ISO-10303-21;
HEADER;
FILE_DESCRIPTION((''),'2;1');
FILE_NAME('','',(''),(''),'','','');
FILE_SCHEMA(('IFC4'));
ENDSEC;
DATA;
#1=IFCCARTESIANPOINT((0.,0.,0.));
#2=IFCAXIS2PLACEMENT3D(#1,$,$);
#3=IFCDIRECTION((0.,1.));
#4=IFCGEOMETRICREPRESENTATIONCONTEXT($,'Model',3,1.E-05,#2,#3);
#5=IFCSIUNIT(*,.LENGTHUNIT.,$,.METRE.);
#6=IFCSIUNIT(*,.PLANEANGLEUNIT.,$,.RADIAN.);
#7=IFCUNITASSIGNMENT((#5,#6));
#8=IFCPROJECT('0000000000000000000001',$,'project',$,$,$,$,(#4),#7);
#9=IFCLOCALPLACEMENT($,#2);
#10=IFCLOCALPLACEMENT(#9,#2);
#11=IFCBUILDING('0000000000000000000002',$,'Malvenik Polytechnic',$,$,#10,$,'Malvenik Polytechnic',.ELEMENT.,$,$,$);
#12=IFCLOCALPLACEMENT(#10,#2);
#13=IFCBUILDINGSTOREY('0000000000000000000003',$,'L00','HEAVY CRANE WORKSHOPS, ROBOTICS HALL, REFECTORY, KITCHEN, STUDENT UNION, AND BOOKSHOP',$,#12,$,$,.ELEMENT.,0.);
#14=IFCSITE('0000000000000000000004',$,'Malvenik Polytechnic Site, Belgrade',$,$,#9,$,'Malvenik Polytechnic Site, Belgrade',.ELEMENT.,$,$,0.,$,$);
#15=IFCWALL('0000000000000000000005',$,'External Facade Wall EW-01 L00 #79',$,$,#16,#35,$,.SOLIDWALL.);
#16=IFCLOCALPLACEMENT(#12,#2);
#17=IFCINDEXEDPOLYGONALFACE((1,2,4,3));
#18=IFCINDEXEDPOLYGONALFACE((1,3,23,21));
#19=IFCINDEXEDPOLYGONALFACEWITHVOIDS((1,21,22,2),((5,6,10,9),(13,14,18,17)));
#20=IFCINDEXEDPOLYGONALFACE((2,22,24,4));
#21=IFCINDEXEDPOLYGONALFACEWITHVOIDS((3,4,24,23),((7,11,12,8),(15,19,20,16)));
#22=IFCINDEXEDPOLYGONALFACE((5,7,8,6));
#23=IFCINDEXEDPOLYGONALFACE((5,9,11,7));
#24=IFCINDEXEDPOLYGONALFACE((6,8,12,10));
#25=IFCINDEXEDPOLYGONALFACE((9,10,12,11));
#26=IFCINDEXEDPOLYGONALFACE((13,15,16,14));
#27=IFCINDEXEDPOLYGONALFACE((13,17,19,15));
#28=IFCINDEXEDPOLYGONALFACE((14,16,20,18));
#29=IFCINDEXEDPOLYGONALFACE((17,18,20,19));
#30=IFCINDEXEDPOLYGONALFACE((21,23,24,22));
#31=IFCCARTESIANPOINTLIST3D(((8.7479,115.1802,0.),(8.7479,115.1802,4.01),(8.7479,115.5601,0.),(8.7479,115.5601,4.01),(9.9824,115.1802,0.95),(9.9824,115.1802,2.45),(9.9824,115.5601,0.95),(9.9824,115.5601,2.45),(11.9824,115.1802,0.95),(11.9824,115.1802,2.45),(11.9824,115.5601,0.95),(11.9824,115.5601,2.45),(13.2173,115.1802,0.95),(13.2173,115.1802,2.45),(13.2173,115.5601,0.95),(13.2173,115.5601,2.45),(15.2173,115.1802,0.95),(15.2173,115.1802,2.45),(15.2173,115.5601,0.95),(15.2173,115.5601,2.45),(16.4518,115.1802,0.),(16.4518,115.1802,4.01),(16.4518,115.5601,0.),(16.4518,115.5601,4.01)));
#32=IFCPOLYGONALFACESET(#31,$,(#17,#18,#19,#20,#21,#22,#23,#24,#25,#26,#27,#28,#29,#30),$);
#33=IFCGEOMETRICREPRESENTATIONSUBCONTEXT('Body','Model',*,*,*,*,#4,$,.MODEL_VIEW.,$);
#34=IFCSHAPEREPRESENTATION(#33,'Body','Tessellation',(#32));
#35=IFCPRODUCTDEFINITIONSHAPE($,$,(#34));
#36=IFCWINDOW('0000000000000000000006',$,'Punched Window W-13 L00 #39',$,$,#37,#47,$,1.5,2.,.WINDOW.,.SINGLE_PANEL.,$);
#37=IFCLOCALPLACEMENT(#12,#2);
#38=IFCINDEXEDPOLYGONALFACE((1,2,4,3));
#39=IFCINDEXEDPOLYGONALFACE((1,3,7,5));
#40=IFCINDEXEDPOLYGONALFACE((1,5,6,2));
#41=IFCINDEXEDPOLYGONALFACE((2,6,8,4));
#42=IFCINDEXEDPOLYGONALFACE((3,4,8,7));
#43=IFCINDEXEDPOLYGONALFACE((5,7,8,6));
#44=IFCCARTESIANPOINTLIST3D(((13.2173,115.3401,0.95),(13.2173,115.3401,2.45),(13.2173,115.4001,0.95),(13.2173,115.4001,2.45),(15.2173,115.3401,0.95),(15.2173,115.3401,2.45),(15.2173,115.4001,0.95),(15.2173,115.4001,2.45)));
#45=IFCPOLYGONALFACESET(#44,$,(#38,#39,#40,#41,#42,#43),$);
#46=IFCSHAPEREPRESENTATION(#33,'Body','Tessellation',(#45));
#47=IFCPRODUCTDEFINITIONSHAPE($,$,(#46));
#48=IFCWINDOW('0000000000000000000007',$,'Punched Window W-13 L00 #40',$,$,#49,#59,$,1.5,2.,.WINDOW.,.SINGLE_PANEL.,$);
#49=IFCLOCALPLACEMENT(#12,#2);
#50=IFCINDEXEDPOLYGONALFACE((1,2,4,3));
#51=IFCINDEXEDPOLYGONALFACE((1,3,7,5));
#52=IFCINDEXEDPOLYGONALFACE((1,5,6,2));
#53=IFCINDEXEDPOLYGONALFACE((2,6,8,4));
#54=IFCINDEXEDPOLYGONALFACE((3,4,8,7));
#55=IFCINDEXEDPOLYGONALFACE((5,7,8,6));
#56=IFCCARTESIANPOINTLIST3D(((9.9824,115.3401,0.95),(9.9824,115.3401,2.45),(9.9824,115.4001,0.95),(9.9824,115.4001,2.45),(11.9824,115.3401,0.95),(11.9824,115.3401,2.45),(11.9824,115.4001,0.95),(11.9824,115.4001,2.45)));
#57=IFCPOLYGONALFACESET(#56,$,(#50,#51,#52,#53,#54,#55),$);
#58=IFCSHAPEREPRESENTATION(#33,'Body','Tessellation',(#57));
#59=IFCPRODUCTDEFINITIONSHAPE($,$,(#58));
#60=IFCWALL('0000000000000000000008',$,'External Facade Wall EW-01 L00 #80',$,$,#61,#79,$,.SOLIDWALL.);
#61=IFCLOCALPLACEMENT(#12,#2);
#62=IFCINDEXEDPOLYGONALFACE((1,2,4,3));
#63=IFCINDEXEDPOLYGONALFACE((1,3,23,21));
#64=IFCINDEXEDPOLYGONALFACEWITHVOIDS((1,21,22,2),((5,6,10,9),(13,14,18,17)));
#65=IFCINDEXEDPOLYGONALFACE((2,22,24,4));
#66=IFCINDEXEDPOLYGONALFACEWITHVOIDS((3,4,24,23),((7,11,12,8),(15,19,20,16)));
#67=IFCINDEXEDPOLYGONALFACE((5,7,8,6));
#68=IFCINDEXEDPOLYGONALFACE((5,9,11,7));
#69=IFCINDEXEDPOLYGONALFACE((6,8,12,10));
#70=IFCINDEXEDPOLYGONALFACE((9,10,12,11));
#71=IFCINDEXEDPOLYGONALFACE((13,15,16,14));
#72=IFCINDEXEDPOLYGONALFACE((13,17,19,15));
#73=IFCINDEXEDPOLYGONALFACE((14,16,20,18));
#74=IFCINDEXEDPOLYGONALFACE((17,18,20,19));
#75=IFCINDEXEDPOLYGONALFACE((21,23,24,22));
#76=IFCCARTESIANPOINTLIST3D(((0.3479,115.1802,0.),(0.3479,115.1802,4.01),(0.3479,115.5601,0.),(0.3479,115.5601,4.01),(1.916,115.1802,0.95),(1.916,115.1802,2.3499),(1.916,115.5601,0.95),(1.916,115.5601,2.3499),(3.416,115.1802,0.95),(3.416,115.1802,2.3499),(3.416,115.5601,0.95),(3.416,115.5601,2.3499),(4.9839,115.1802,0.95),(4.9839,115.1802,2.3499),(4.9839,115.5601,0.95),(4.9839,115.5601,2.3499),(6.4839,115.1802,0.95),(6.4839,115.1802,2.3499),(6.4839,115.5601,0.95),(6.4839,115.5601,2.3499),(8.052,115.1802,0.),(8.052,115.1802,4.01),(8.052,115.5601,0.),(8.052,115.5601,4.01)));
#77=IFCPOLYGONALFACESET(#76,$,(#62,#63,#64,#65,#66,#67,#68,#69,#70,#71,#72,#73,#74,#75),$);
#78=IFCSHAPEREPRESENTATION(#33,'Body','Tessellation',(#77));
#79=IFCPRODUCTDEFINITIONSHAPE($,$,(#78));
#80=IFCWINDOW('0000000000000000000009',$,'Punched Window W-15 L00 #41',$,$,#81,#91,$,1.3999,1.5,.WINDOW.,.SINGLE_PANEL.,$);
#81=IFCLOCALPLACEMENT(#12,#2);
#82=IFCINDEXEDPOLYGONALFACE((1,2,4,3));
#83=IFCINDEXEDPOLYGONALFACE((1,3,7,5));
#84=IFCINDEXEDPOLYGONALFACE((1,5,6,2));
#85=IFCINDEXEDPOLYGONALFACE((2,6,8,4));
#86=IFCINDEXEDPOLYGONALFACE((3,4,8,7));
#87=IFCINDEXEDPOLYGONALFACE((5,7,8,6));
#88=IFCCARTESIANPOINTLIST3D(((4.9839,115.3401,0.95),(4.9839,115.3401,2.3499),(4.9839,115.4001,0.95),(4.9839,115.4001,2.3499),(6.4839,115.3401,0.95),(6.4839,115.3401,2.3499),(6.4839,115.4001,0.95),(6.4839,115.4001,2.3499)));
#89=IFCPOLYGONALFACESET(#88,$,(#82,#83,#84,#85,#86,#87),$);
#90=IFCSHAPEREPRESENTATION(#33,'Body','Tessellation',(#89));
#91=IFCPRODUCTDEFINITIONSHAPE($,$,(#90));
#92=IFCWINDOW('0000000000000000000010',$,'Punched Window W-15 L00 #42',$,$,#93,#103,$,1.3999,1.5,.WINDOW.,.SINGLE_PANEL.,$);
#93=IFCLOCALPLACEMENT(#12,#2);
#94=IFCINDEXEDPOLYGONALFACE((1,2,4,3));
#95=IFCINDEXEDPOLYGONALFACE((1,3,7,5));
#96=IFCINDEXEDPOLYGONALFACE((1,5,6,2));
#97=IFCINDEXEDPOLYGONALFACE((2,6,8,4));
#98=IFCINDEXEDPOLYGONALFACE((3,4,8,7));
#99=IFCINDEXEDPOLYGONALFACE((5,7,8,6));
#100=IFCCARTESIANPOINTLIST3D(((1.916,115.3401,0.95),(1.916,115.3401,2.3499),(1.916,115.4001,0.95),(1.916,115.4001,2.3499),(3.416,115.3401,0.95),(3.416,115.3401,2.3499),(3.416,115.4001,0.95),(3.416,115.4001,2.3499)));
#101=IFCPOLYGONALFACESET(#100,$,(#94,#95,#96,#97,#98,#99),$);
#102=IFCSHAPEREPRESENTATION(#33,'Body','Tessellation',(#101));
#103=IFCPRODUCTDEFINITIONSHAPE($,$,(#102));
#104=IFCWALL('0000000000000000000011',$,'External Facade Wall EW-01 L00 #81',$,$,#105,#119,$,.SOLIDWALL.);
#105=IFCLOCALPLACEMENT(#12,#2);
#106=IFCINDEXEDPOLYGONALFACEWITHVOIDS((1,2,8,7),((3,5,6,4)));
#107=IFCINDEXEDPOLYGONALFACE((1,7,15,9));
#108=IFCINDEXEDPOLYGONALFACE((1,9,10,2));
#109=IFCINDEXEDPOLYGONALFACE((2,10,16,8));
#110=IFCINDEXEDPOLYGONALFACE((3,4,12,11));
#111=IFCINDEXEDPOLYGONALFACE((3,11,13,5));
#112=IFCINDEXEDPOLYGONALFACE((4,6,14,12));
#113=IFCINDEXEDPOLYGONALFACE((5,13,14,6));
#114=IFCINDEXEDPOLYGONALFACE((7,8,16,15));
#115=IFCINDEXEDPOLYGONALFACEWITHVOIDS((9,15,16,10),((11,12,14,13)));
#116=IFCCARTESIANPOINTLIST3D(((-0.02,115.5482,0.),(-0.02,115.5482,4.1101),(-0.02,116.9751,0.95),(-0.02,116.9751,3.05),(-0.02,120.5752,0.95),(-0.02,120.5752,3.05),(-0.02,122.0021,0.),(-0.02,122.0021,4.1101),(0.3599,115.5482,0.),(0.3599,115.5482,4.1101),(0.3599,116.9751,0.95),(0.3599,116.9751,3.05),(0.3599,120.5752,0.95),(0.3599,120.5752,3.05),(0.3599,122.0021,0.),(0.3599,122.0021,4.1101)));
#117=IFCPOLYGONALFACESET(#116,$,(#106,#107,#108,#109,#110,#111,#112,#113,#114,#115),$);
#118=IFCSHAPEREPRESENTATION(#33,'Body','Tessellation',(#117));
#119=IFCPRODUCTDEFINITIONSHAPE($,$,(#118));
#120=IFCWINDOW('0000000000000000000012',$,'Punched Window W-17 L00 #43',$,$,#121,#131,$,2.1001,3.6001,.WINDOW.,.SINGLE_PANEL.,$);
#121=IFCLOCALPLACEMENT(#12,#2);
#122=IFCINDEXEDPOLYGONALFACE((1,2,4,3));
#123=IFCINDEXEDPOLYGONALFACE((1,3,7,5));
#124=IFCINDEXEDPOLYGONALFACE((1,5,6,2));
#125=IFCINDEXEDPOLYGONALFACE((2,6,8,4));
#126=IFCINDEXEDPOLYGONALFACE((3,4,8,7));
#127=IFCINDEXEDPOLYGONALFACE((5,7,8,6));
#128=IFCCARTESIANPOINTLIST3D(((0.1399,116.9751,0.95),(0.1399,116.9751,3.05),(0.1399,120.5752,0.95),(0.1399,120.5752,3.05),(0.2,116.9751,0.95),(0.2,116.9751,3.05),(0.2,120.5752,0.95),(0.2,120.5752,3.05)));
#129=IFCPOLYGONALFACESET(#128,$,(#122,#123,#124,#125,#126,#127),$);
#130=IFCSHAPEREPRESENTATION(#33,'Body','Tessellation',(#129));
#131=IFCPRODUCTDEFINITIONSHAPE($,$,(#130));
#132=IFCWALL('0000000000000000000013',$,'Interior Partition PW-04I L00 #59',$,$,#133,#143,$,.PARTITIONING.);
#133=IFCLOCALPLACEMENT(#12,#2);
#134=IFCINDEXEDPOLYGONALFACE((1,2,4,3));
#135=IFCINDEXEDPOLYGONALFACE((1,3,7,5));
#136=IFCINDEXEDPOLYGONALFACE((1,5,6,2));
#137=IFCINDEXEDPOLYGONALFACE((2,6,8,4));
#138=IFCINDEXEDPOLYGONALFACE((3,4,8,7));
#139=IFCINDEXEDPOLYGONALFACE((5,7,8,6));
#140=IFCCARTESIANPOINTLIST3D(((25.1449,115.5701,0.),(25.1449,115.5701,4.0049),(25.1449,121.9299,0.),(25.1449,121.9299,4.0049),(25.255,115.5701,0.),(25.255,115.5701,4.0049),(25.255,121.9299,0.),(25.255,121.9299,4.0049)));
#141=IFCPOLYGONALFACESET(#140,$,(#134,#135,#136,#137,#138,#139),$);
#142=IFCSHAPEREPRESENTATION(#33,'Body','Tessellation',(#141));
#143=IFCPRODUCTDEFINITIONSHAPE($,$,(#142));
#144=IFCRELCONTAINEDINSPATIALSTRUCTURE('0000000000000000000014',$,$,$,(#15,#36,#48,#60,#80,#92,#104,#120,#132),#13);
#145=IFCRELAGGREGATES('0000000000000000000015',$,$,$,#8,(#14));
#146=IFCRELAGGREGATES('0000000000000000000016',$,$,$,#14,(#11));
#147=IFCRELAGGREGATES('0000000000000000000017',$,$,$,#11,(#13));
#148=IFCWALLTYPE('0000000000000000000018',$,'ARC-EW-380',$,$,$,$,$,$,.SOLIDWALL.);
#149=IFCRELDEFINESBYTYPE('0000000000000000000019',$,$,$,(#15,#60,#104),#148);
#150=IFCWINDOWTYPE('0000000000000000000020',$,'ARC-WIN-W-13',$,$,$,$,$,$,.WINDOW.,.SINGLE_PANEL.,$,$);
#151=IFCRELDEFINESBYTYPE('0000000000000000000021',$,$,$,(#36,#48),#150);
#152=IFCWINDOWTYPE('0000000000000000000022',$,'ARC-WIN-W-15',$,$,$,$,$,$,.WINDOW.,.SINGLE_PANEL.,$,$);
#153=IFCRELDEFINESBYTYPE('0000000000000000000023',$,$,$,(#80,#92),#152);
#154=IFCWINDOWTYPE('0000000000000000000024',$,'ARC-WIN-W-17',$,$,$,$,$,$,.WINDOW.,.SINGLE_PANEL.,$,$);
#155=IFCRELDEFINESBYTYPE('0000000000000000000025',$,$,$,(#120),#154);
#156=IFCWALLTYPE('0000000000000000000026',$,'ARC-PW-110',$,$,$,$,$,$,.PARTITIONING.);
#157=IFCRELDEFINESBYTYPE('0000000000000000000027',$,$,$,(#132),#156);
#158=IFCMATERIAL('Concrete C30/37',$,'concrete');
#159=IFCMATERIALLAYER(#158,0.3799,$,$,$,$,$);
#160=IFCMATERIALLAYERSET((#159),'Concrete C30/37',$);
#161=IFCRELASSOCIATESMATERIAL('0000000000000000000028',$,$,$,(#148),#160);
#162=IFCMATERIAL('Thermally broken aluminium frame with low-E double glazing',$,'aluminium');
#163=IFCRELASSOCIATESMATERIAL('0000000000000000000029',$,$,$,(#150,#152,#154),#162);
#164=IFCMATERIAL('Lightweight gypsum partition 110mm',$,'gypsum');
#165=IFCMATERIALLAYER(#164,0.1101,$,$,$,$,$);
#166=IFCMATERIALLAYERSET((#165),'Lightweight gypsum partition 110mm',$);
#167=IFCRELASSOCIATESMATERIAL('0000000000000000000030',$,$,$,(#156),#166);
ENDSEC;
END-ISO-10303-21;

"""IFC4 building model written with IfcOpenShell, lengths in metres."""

from ifc_helpers import new_model, si_unit, direction, frame, frame_2d, origin, place, context, subcontext, project, spatial, rectangle, extrude, material, layer, layer_set, type_object, element, fill, save


model = new_model("IFC4")

# Units and contexts
model_context = context("Model", 3, precision=1e-05, world=origin(), true_north=direction((0.0, 1.0)))
body_context = subcontext(model_context, "Body", "Model", "MODEL_VIEW")
ifc_project = project(units=[si_unit("LENGTHUNIT", "METRE"), si_unit("PLANEANGLEUNIT", "RADIAN")], contexts=[model_context])

# Site, building, storey
site_placement = place(None, origin())
site = spatial("IfcSite", under=ifc_project, at=site_placement, Name="Malvenik Polytechnic Site, Belgrade", LongName="Malvenik Polytechnic Site, Belgrade", CompositionType="ELEMENT", RefElevation=0.0)
building_placement = place(site_placement, origin())
building = spatial("IfcBuilding", under=site, at=building_placement, Name="Malvenik Polytechnic", LongName="Malvenik Polytechnic", CompositionType="ELEMENT")
storey_placement = place(building_placement, origin())
storey = spatial("IfcBuildingStorey", under=building, at=storey_placement, Name="L00", Description="HEAVY CRANE WORKSHOPS, ROBOTICS HALL, REFECTORY, KITCHEN, STUDENT UNION, AND BOOKSHOP", CompositionType="ELEMENT", Elevation=0.0)

# Shared definitions
ifc_material_1 = material(Name="Concrete C30/37", Category="concrete")

# Shared definitions
ifc_layer_1 = layer(ifc_material_1, 0.3799)
ifc_layer_set_1 = layer_set([ifc_layer_1], Name="Concrete C30/37")
wall_type_1 = type_object("IfcWallType", Name="ARC-EW-380", PredefinedType="SOLIDWALL", material=ifc_layer_set_1)

# Walls, openings, windows
wall_1_placement = place(storey_placement, frame((16.4519, 115.3701, 0.0), z_axis=(0.0, 0.0, 1.0), x_axis=(-1.0, 0.0, 0.0)))
wall_1 = element("IfcWall", 1, at=wall_1_placement, inside=storey, type_object=wall_type_1, Name="External Facade Wall EW-01 L00 #79", PredefinedType="SOLIDWALL", context=body_context, shape_type="SweptSolid", body=[
    extrude(rectangle(XDim=7.7039, YDim=0.3799, at=frame_2d((3.8521, 0.0))), origin(), (0.0, 0.0, 1.0), 4.01),
])
opening_1_placement = place(wall_1_placement, frame((1.2346, 0.0, 0.95)))
opening_1 = element("IfcOpeningElement", 2, at=opening_1_placement, cuts=wall_1, PredefinedType="OPENING", context=body_context, shape_type="SweptSolid", body=[
    extrude(rectangle(XDim=2.0, YDim=1.5, at=frame_2d((1.0, 0.75))), frame((0.0, 0.2, 0.0), z_axis=(0.0, -1.0, 0.0), x_axis=(1.0, 0.0, 0.0)), (0.0, 0.0, 1.0), 0.3999),
])
opening_2_placement = place(wall_1_placement, frame((4.4695, 0.0, 0.95)))
opening_2 = element("IfcOpeningElement", 3, at=opening_2_placement, cuts=wall_1, PredefinedType="OPENING", context=body_context, shape_type="SweptSolid", body=[
    extrude(rectangle(XDim=2.0, YDim=1.5, at=frame_2d((1.0, 0.75))), frame((0.0, 0.2, 0.0), z_axis=(0.0, -1.0, 0.0), x_axis=(1.0, 0.0, 0.0)), (0.0, 0.0, 1.0), 0.3999),
])
ifc_material_2 = material(Name="Thermally broken aluminium frame with low-E double glazing", Category="aluminium")
window_type_1 = type_object("IfcWindowType", Name="ARC-WIN-W-13", PartitioningType="SINGLE_PANEL", PredefinedType="WINDOW", material=ifc_material_2)
window_1_placement = place(opening_1_placement, origin())
window_1 = element("IfcWindow", 4, at=window_1_placement, inside=storey, type_object=window_type_1, Name="Punched Window W-13 L00 #39", OverallHeight=1.5, OverallWidth=2.0, PartitioningType="SINGLE_PANEL", PredefinedType="WINDOW", context=body_context, shape_type="SweptSolid", body=[
    extrude(rectangle(XDim=2.0, YDim=1.5, at=frame_2d((1.0, 0.75))), frame((0.0, 0.03, 0.0), z_axis=(0.0, -1.0, 0.0), x_axis=(1.0, 0.0, 0.0)), (0.0, 0.0, 1.0), 0.0601),
])
fill(opening_1, window_1)
window_2_placement = place(opening_2_placement, origin())
window_2 = element("IfcWindow", 5, at=window_2_placement, inside=storey, type_object=window_type_1, Name="Punched Window W-13 L00 #40", OverallHeight=1.5, OverallWidth=2.0, PartitioningType="SINGLE_PANEL", PredefinedType="WINDOW", context=body_context, shape_type="SweptSolid", body=[
    extrude(rectangle(XDim=2.0, YDim=1.5, at=frame_2d((1.0, 0.75))), frame((0.0, 0.03, 0.0), z_axis=(0.0, -1.0, 0.0), x_axis=(1.0, 0.0, 0.0)), (0.0, 0.0, 1.0), 0.0601),
])
fill(opening_2, window_2)
wall_2_placement = place(storey_placement, frame((8.052, 115.3701, 0.0), z_axis=(0.0, 0.0, 1.0), x_axis=(-1.0, 0.0, 0.0)))
wall_2 = element("IfcWall", 6, at=wall_2_placement, inside=storey, type_object=wall_type_1, Name="External Facade Wall EW-01 L00 #80", PredefinedType="SOLIDWALL", context=body_context, shape_type="SweptSolid", body=[
    extrude(rectangle(XDim=7.7041, YDim=0.3799, at=frame_2d((3.8521, 0.0))), origin(), (0.0, 0.0, 1.0), 4.01),
])
opening_3_placement = place(wall_2_placement, frame((1.5681, 0.0, 0.95)))
opening_3 = element("IfcOpeningElement", 7, at=opening_3_placement, cuts=wall_2, PredefinedType="OPENING", context=body_context, shape_type="SweptSolid", body=[
    extrude(rectangle(XDim=1.5, YDim=1.3999, at=frame_2d((0.75, 0.7))), frame((0.0, 0.2, 0.0), z_axis=(0.0, -1.0, 0.0), x_axis=(1.0, 0.0, 0.0)), (0.0, 0.0, 1.0), 0.3999),
])
opening_4_placement = place(wall_2_placement, frame((4.636, 0.0, 0.95)))
opening_4 = element("IfcOpeningElement", 8, at=opening_4_placement, cuts=wall_2, PredefinedType="OPENING", context=body_context, shape_type="SweptSolid", body=[
    extrude(rectangle(XDim=1.5, YDim=1.3999, at=frame_2d((0.75, 0.7))), frame((0.0, 0.2, 0.0), z_axis=(0.0, -1.0, 0.0), x_axis=(1.0, 0.0, 0.0)), (0.0, 0.0, 1.0), 0.3999),
])
window_type_2 = type_object("IfcWindowType", Name="ARC-WIN-W-15", PartitioningType="SINGLE_PANEL", PredefinedType="WINDOW", material=ifc_material_2)
window_3_placement = place(opening_3_placement, origin())
window_3 = element("IfcWindow", 9, at=window_3_placement, inside=storey, type_object=window_type_2, Name="Punched Window W-15 L00 #41", OverallHeight=1.3999, OverallWidth=1.5, PartitioningType="SINGLE_PANEL", PredefinedType="WINDOW", context=body_context, shape_type="SweptSolid", body=[
    extrude(rectangle(XDim=1.5, YDim=1.3999, at=frame_2d((0.75, 0.7))), frame((0.0, 0.03, 0.0), z_axis=(0.0, -1.0, 0.0), x_axis=(1.0, 0.0, 0.0)), (0.0, 0.0, 1.0), 0.0601),
])
fill(opening_3, window_3)
window_4_placement = place(opening_4_placement, origin())
window_4 = element("IfcWindow", 10, at=window_4_placement, inside=storey, type_object=window_type_2, Name="Punched Window W-15 L00 #42", OverallHeight=1.3999, OverallWidth=1.5, PartitioningType="SINGLE_PANEL", PredefinedType="WINDOW", context=body_context, shape_type="SweptSolid", body=[
    extrude(rectangle(XDim=1.5, YDim=1.3999, at=frame_2d((0.75, 0.7))), frame((0.0, 0.03, 0.0), z_axis=(0.0, -1.0, 0.0), x_axis=(1.0, 0.0, 0.0)), (0.0, 0.0, 1.0), 0.0601),
])
fill(opening_4, window_4)

# Wall, opening, window
wall_3_placement = place(storey_placement, frame((0.1699, 115.5481, 0.0), z_axis=(0.0, 0.0, 1.0), x_axis=(0.0, 1.0, 0.0)))
wall_3 = element("IfcWall", 11, at=wall_3_placement, inside=storey, type_object=wall_type_1, Name="External Facade Wall EW-01 L00 #81", PredefinedType="SOLIDWALL", context=body_context, shape_type="SweptSolid", body=[
    extrude(rectangle(XDim=6.4539, YDim=0.3799, at=frame_2d((3.2271, 0.0))), origin(), (0.0, 0.0, 1.0), 4.1101),
])
opening_5_placement = place(wall_3_placement, frame((1.427, 0.0, 0.95)))
opening_5 = element("IfcOpeningElement", 12, at=opening_5_placement, cuts=wall_3, PredefinedType="OPENING", context=body_context, shape_type="SweptSolid", body=[
    extrude(rectangle(XDim=3.6001, YDim=2.1001, at=frame_2d((1.8, 1.05))), frame((0.0, 0.2, 0.0), z_axis=(0.0, -1.0, 0.0), x_axis=(1.0, 0.0, 0.0)), (0.0, 0.0, 1.0), 0.3999),
])
window_type_3 = type_object("IfcWindowType", Name="ARC-WIN-W-17", PartitioningType="SINGLE_PANEL", PredefinedType="WINDOW", material=ifc_material_2)
window_5_placement = place(opening_5_placement, origin())
window_5 = element("IfcWindow", 13, at=window_5_placement, inside=storey, type_object=window_type_3, Name="Punched Window W-17 L00 #43", OverallHeight=2.1001, OverallWidth=3.6001, PartitioningType="SINGLE_PANEL", PredefinedType="WINDOW", context=body_context, shape_type="SweptSolid", body=[
    extrude(rectangle(XDim=3.6001, YDim=2.1001, at=frame_2d((1.8, 1.05))), frame((0.0, 0.03, 0.0), z_axis=(0.0, -1.0, 0.0), x_axis=(1.0, 0.0, 0.0)), (0.0, 0.0, 1.0), 0.0601),
])
fill(opening_5, window_5)

# Wall
ifc_material_3 = material(Name="Lightweight gypsum partition 110mm", Category="gypsum")
ifc_layer_2 = layer(ifc_material_3, 0.1101)
ifc_layer_set_2 = layer_set([ifc_layer_2], Name="Lightweight gypsum partition 110mm")
wall_type_2 = type_object("IfcWallType", Name="ARC-PW-110", PredefinedType="PARTITIONING", material=ifc_layer_set_2)
wall_4_placement = place(storey_placement, frame((25.2, 115.5701, 0.0), z_axis=(0.0, 0.0, 1.0), x_axis=(0.0, 1.0, 0.0)))
element("IfcWall", 14, at=wall_4_placement, inside=storey, type_object=wall_type_2, Name="Interior Partition PW-04I L00 #59", PredefinedType="PARTITIONING", context=body_context, shape_type="SweptSolid", body=[
    extrude(rectangle(XDim=6.3599, YDim=0.1101, at=frame_2d((3.1799, 0.0))), origin(), (0.0, 0.0, 1.0), 4.0049),
])

save(model, "model.ifc")
